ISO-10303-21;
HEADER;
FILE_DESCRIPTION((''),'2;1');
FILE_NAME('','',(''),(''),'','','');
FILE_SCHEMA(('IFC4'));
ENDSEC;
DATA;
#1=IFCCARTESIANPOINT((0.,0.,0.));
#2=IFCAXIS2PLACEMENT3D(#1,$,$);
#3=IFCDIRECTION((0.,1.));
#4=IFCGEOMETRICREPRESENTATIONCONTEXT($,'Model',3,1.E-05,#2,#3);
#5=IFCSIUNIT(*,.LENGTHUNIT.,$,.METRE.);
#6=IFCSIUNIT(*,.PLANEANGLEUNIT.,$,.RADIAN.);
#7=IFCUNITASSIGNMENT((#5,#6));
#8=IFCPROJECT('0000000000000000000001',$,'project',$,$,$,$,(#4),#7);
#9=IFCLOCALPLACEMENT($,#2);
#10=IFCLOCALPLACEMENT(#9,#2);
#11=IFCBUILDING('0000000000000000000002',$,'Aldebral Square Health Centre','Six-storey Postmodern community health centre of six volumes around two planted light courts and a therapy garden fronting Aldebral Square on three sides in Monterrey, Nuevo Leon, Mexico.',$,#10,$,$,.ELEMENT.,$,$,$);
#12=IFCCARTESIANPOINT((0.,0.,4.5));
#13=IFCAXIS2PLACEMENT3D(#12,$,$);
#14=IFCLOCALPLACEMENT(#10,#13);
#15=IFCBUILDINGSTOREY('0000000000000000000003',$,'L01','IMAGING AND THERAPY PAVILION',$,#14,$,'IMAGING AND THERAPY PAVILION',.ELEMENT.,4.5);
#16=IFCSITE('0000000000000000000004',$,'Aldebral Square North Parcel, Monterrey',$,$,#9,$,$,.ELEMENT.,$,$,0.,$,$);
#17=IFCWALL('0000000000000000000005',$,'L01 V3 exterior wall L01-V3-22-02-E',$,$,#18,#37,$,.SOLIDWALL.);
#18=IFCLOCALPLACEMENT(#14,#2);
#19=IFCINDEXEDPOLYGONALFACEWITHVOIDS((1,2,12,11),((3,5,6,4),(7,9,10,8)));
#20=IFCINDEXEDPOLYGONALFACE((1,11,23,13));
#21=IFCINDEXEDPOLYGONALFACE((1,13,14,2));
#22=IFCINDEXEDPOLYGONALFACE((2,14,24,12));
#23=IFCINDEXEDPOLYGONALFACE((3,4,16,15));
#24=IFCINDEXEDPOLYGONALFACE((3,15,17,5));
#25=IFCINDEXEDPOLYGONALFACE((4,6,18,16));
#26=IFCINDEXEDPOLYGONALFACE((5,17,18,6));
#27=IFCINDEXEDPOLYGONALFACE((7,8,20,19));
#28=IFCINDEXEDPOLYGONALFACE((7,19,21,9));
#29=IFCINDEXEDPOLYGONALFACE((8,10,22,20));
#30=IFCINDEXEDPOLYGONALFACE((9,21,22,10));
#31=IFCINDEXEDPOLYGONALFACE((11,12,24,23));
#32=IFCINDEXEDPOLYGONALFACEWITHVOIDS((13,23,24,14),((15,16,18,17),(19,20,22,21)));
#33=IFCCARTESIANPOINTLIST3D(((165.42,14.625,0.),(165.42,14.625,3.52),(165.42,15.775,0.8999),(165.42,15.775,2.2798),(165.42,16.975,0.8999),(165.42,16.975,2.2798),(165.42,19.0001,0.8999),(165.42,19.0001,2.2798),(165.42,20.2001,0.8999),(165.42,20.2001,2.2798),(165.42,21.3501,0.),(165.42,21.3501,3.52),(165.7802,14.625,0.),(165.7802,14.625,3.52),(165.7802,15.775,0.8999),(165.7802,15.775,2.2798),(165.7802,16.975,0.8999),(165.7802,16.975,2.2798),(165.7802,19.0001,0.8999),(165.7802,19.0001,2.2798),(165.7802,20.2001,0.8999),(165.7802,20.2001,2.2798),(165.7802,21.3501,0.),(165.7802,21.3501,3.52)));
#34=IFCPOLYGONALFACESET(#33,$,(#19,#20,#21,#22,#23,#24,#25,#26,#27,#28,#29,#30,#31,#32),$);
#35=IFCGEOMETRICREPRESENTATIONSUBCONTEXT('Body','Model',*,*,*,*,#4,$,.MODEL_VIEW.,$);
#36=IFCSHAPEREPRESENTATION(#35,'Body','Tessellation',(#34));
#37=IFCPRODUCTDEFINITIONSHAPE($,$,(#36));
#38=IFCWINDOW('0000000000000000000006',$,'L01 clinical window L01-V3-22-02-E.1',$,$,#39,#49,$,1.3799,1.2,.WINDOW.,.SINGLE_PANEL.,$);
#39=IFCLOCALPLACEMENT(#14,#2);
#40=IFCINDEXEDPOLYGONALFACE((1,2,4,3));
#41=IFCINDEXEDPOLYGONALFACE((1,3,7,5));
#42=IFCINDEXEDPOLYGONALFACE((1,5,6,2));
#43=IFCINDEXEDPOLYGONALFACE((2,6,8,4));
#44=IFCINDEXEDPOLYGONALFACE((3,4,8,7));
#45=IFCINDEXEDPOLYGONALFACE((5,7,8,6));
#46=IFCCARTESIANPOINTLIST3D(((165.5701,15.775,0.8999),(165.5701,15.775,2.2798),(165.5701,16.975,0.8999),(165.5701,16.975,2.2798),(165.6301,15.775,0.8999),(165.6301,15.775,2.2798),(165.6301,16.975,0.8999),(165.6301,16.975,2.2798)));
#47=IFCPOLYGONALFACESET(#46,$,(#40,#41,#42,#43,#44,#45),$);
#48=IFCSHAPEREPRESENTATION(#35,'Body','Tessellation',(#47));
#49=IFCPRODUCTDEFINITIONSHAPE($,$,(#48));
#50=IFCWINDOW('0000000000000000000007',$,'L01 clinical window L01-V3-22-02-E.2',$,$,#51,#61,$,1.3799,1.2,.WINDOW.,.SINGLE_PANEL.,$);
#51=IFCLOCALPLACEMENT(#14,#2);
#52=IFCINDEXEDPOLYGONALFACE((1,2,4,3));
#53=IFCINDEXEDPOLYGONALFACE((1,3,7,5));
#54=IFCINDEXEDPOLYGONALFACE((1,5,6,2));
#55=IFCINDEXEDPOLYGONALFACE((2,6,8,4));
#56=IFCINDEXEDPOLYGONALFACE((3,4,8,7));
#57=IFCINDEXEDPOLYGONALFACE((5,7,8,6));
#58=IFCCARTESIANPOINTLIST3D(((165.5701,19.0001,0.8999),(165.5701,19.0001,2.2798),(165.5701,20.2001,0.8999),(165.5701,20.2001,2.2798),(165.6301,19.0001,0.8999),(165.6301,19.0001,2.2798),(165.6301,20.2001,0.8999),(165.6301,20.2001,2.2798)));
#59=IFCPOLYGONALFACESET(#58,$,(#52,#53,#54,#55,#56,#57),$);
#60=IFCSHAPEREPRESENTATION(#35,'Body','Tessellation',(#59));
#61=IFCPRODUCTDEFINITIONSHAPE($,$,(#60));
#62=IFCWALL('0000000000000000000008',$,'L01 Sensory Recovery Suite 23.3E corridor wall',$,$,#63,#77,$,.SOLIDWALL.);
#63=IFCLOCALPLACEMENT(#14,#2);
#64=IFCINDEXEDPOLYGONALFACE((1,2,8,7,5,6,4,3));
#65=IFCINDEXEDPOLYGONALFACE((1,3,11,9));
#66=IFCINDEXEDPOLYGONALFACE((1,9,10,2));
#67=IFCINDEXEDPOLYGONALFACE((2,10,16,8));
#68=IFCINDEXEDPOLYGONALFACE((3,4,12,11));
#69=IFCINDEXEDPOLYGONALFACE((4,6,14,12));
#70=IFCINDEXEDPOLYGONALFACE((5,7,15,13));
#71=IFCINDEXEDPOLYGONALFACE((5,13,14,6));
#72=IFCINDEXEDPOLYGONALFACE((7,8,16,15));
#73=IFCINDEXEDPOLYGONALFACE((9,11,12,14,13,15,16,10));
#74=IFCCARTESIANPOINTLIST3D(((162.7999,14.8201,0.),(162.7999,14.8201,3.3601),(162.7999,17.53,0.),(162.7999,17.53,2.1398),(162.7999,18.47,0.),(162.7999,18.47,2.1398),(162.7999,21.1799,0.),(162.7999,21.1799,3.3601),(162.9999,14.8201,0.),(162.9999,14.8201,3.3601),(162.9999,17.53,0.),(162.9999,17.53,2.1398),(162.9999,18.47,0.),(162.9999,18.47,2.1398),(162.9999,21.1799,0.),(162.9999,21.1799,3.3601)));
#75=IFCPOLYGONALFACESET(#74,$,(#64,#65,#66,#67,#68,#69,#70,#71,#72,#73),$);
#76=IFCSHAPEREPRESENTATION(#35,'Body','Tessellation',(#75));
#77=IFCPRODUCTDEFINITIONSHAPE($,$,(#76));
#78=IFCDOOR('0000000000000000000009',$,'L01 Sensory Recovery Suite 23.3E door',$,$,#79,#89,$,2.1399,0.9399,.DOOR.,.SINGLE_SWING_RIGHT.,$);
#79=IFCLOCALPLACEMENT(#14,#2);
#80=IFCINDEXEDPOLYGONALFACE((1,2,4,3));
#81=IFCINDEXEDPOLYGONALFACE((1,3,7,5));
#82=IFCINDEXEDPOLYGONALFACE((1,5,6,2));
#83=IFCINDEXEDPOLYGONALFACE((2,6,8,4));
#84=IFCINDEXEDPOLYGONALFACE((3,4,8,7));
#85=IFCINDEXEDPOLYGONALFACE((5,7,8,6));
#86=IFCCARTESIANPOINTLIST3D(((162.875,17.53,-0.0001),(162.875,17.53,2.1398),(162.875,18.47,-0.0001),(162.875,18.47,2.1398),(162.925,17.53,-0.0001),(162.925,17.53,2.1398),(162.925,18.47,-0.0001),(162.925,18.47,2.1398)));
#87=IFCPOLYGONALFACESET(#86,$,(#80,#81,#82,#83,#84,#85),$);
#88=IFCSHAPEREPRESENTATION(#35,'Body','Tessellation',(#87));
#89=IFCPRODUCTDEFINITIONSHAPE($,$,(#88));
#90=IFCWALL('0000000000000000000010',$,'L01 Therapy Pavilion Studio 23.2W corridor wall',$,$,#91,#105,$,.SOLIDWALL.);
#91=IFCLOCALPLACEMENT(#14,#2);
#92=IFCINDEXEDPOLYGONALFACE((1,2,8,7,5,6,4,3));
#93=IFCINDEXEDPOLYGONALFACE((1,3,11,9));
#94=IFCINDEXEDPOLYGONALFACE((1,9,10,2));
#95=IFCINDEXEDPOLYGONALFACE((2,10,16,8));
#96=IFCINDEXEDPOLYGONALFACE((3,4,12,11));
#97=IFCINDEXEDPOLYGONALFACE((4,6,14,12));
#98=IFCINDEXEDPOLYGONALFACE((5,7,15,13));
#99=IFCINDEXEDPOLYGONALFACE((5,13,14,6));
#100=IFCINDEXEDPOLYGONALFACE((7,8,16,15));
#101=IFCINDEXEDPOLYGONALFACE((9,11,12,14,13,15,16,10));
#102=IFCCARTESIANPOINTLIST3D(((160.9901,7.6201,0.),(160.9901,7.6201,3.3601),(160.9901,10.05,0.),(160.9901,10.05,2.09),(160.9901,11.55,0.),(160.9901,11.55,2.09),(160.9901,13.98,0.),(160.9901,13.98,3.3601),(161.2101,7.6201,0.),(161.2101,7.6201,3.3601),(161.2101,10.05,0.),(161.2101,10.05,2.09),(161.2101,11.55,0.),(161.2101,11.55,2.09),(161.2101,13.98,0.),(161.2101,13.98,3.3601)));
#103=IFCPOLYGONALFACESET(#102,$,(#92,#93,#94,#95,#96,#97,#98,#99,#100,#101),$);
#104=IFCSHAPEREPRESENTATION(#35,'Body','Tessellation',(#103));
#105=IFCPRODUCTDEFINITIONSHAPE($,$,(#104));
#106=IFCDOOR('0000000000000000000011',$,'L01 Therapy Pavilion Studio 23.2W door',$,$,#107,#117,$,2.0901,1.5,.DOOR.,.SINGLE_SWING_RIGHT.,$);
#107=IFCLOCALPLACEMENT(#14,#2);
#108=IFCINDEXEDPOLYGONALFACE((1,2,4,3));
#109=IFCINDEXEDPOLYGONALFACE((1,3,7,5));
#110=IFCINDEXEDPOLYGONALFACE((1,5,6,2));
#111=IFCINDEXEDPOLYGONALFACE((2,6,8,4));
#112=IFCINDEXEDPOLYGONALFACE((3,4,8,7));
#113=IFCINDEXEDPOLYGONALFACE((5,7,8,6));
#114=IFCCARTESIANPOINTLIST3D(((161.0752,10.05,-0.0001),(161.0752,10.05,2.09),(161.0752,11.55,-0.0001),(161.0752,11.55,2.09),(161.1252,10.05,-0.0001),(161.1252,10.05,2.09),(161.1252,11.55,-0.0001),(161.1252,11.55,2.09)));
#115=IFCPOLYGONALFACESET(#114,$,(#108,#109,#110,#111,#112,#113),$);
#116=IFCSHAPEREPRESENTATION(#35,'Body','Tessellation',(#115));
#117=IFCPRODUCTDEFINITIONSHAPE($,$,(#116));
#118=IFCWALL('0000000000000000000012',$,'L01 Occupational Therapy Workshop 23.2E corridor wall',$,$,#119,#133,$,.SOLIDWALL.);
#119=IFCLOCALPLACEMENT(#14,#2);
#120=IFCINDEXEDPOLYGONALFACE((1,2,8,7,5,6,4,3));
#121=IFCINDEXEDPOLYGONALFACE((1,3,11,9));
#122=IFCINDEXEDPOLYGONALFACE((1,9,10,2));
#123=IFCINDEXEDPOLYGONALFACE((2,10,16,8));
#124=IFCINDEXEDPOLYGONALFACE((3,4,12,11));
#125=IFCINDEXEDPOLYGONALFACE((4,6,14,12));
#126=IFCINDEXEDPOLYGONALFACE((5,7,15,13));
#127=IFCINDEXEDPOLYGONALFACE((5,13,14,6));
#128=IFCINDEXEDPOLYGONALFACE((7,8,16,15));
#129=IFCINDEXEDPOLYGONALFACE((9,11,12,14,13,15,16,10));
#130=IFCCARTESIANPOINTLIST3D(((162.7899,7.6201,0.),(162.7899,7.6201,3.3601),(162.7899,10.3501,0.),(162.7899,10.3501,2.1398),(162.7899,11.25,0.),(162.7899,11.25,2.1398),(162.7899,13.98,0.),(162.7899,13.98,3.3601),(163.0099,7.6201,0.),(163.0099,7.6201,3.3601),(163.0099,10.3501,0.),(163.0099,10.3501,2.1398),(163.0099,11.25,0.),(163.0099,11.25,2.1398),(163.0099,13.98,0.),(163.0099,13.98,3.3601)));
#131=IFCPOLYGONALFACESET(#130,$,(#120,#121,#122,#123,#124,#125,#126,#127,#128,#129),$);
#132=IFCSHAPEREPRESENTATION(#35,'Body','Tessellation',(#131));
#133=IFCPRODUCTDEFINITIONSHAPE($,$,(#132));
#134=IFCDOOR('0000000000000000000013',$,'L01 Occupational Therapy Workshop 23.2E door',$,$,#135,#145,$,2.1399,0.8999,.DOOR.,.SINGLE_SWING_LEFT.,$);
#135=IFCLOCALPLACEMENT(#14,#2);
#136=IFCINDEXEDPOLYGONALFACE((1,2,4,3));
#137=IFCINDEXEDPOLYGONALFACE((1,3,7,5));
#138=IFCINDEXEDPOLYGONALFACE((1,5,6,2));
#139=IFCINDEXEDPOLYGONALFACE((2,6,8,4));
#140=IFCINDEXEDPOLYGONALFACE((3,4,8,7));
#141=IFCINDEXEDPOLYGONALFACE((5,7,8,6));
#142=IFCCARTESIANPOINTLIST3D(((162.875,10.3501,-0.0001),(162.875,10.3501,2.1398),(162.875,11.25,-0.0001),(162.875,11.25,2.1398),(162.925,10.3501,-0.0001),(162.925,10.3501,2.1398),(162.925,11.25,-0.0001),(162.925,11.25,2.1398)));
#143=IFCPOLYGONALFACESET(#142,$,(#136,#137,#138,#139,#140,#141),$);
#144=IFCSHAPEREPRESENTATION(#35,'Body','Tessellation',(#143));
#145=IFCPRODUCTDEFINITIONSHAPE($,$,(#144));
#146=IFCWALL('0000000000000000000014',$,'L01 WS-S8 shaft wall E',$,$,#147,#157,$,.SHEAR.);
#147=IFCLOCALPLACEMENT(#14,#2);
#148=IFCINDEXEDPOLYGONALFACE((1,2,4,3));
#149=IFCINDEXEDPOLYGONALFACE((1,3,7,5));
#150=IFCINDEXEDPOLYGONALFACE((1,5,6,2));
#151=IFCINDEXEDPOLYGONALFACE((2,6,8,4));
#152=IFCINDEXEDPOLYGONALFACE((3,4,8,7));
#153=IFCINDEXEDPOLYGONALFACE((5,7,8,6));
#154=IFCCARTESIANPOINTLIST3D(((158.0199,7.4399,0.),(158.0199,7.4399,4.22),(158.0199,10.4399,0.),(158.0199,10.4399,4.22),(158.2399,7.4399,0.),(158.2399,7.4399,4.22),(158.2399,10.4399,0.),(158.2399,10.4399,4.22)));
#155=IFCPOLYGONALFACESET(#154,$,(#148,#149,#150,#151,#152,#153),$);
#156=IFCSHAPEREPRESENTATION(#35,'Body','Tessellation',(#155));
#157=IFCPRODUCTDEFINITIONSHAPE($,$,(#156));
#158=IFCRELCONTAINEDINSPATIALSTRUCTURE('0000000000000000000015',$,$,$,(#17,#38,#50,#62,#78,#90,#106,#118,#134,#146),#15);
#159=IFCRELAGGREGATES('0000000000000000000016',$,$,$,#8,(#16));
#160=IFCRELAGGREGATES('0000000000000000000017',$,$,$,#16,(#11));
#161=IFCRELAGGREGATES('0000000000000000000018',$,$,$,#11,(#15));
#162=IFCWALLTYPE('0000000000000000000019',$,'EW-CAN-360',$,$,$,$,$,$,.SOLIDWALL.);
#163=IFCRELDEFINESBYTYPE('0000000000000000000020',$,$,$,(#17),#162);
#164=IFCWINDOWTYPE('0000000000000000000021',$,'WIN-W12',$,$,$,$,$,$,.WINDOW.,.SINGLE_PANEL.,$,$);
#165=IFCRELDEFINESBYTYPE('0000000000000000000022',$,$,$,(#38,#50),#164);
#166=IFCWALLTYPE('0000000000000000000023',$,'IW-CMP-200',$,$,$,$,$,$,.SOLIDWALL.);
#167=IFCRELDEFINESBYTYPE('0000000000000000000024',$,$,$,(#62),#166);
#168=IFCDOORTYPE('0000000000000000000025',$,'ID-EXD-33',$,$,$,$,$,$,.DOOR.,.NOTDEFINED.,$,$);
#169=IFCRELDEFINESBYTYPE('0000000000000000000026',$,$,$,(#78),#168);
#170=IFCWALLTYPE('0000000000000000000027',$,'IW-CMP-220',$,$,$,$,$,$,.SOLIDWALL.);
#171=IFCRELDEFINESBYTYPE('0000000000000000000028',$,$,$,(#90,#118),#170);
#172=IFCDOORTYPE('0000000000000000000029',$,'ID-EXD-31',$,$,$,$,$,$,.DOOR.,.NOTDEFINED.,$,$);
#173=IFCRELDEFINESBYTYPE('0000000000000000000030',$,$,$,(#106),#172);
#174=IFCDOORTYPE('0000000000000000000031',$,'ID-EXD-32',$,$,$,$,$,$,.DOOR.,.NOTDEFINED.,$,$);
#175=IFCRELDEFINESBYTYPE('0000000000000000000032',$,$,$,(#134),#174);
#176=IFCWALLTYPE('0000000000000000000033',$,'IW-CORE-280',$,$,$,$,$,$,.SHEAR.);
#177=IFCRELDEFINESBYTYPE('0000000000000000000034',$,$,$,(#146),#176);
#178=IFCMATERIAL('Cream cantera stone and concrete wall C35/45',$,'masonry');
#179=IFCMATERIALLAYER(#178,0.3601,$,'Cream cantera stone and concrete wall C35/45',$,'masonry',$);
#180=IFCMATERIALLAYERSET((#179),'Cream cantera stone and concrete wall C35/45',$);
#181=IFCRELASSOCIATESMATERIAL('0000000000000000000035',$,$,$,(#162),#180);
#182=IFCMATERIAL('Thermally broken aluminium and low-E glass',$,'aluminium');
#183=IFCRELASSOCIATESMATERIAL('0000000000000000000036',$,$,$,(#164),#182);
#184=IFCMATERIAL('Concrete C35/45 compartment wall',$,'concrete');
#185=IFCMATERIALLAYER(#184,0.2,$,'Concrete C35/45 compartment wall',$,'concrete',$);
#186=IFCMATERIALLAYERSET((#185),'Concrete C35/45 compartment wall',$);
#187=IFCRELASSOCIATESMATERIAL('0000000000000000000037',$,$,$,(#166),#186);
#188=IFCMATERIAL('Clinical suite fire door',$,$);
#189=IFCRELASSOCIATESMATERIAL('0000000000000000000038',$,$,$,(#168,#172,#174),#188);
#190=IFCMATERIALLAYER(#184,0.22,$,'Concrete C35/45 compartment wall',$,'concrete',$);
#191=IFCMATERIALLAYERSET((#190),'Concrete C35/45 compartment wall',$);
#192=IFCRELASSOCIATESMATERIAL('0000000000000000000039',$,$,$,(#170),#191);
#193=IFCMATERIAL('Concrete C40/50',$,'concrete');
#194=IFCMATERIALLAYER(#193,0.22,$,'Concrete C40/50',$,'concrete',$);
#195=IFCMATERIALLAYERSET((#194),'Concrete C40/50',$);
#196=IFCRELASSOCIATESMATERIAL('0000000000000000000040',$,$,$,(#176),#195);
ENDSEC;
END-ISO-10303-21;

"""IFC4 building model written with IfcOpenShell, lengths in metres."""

from ifc_helpers import new_model, si_unit, direction, frame, frame_2d, origin, place, context, subcontext, project, spatial, rectangle, extrude, material, layer, layer_set, type_object, element, fill, save


model = new_model("IFC4")

# Units and contexts
model_context = context("Model", 3, precision=1e-05, world=origin(), true_north=direction((0.0, 1.0)))
body_context = subcontext(model_context, "Body", "Model", "MODEL_VIEW")
ifc_project = project(units=[si_unit("LENGTHUNIT", "METRE"), si_unit("PLANEANGLEUNIT", "RADIAN")], contexts=[model_context])

# Site, building, storey
site_placement = place(None, origin())
site = spatial("IfcSite", under=ifc_project, at=site_placement, Name="Aldebral Square North Parcel, Monterrey", CompositionType="ELEMENT", RefElevation=0.0)
building_placement = place(site_placement, origin())
building = spatial("IfcBuilding", under=site, at=building_placement, Name="Aldebral Square Health Centre", Description="Six-storey Postmodern community health centre of six volumes around two planted light courts and a therapy garden fronting Aldebral Square on three sides in Monterrey, Nuevo Leon, Mexico.", CompositionType="ELEMENT")
storey_placement = place(building_placement, frame((0.0, 0.0, 4.5)))
storey = spatial("IfcBuildingStorey", under=building, at=storey_placement, Name="L01", Description="IMAGING AND THERAPY PAVILION", LongName="IMAGING AND THERAPY PAVILION", CompositionType="ELEMENT", Elevation=4.5)

# Shared definitions
ifc_material_1 = material(Name="Concrete C40/50", Category="concrete")

# Wall, openings, windows
ifc_material_2 = material(Name="Cream cantera stone and concrete wall C35/45", Category="masonry")
ifc_material_3 = material(Name="Thermally broken aluminium and low-E glass", Category="aluminium")
ifc_layer_1 = layer(ifc_material_2, 0.3601, Name="Cream cantera stone and concrete wall C35/45", Category="masonry")
ifc_layer_set_1 = layer_set([ifc_layer_1], Name="Cream cantera stone and concrete wall C35/45")
wall_type_1 = type_object("IfcWallType", Name="EW-CAN-360", PredefinedType="SOLIDWALL", material=ifc_layer_set_1)
wall_1_placement = place(storey_placement, frame((165.6001, 14.625, 0.0), z_axis=(0.0, 0.0, 1.0), x_axis=(0.0, 1.0, 0.0)))
wall_1 = element("IfcWall", 1, at=wall_1_placement, inside=storey, type_object=wall_type_1, Name="L01 V3 exterior wall L01-V3-22-02-E", PredefinedType="SOLIDWALL", context=body_context, shape_type="SweptSolid", body=[
    extrude(rectangle(XDim=6.7251, YDim=0.3601, at=frame_2d((3.3625, 0.0))), origin(), (0.0, 0.0, 1.0), 3.52),
])
opening_1_placement = place(wall_1_placement, frame((1.1499, 0.0, 0.8999)))
opening_1 = element("IfcOpeningElement", 2, at=opening_1_placement, cuts=wall_1, PredefinedType="OPENING", context=body_context, shape_type="SweptSolid", body=[
    extrude(rectangle(XDim=1.2, YDim=1.3799, at=frame_2d((0.6001, 0.6899))), frame((0.0, 0.1899, 0.0), z_axis=(0.0, -1.0, 0.0), x_axis=(1.0, 0.0, 0.0)), (0.0, 0.0, 1.0), 0.3801),
])
opening_2_placement = place(wall_1_placement, frame((4.375, 0.0, 0.8999)))
opening_2 = element("IfcOpeningElement", 3, at=opening_2_placement, cuts=wall_1, PredefinedType="OPENING", context=body_context, shape_type="SweptSolid", body=[
    extrude(rectangle(XDim=1.2, YDim=1.3799, at=frame_2d((0.6001, 0.6899))), frame((0.0, 0.1899, 0.0), z_axis=(0.0, -1.0, 0.0), x_axis=(1.0, 0.0, 0.0)), (0.0, 0.0, 1.0), 0.3801),
])
window_type_1 = type_object("IfcWindowType", Name="WIN-W12", PartitioningType="SINGLE_PANEL", PredefinedType="WINDOW", material=ifc_material_3)
window_1_placement = place(opening_1_placement, origin())
window_1 = element("IfcWindow", 4, at=window_1_placement, inside=storey, type_object=window_type_1, Name="L01 clinical window L01-V3-22-02-E.1", OverallHeight=1.3799, OverallWidth=1.2, PartitioningType="SINGLE_PANEL", PredefinedType="WINDOW", context=body_context, shape_type="SweptSolid", body=[
    extrude(rectangle(XDim=1.2, YDim=1.3799, at=frame_2d((0.6001, 0.6899))), frame((0.0, 0.03, 0.0), z_axis=(0.0, -1.0, 0.0), x_axis=(1.0, 0.0, 0.0)), (0.0, 0.0, 1.0), 0.0601),
])
fill(opening_1, window_1)
window_2_placement = place(opening_2_placement, origin())
window_2 = element("IfcWindow", 5, at=window_2_placement, inside=storey, type_object=window_type_1, Name="L01 clinical window L01-V3-22-02-E.2", OverallHeight=1.3799, OverallWidth=1.2, PartitioningType="SINGLE_PANEL", PredefinedType="WINDOW", context=body_context, shape_type="SweptSolid", body=[
    extrude(rectangle(XDim=1.2, YDim=1.3799, at=frame_2d((0.6001, 0.6899))), frame((0.0, 0.03, 0.0), z_axis=(0.0, -1.0, 0.0), x_axis=(1.0, 0.0, 0.0)), (0.0, 0.0, 1.0), 0.0601),
])
fill(opening_2, window_2)

# Walls, openings, doors
ifc_material_4 = material(Name="Concrete C35/45 compartment wall", Category="concrete")
ifc_layer_2 = layer(ifc_material_4, 0.2, Name="Concrete C35/45 compartment wall", Category="concrete")
ifc_layer_set_2 = layer_set([ifc_layer_2], Name="Concrete C35/45 compartment wall")
wall_type_2 = type_object("IfcWallType", Name="IW-CMP-200", PredefinedType="SOLIDWALL", material=ifc_layer_set_2)
wall_2_placement = place(storey_placement, frame((162.8999, 14.8201, 0.0), z_axis=(0.0, 0.0, 1.0), x_axis=(0.0, 1.0, 0.0)))
wall_2 = element("IfcWall", 6, at=wall_2_placement, inside=storey, type_object=wall_type_2, Name="L01 Sensory Recovery Suite 23.3E corridor wall", PredefinedType="SOLIDWALL", context=body_context, shape_type="SweptSolid", body=[
    extrude(rectangle(XDim=6.3599, YDim=0.2, at=frame_2d((3.1799, 0.0))), origin(), (0.0, 0.0, 1.0), 3.3601),
])
opening_3_placement = place(wall_2_placement, frame((2.71, 0.0, 0.0)))
opening_3 = element("IfcOpeningElement", 7, at=opening_3_placement, cuts=wall_2, PredefinedType="OPENING", context=body_context, shape_type="SweptSolid", body=[
    extrude(rectangle(XDim=0.9399, YDim=2.1399, at=frame_2d((0.47, 1.0698))), frame((0.0, 0.1099, 0.0), z_axis=(0.0, -1.0, 0.0), x_axis=(1.0, 0.0, 0.0)), (0.0, 0.0, 1.0), 0.22),
])
ifc_material_5 = material(Name="Clinical suite fire door")
door_type_1 = type_object("IfcDoorType", Name="ID-EXD-33", OperationType="NOTDEFINED", PredefinedType="DOOR", material=ifc_material_5)
door_1_placement = place(opening_3_placement, origin())
door_1 = element("IfcDoor", 8, at=door_1_placement, inside=storey, type_object=door_type_1, Name="L01 Sensory Recovery Suite 23.3E door", OperationType="SINGLE_SWING_RIGHT", OverallHeight=2.1399, OverallWidth=0.9399, PredefinedType="DOOR", context=body_context, shape_type="SweptSolid", body=[
    extrude(rectangle(XDim=0.9399, YDim=2.1399, at=frame_2d((0.47, 1.0698))), frame((0.0, 0.0249, 0.0), z_axis=(0.0, -1.0, 0.0), x_axis=(1.0, 0.0, 0.0)), (0.0, 0.0, 1.0), 0.05),
])
fill(opening_3, door_1)
ifc_layer_3 = layer(ifc_material_4, 0.22, Name="Concrete C35/45 compartment wall", Category="concrete")
ifc_layer_set_3 = layer_set([ifc_layer_3], Name="Concrete C35/45 compartment wall")
wall_type_3 = type_object("IfcWallType", Name="IW-CMP-220", PredefinedType="SOLIDWALL", material=ifc_layer_set_3)
wall_3_placement = place(storey_placement, frame((161.1001, 7.6201, 0.0), z_axis=(0.0, 0.0, 1.0), x_axis=(0.0, 1.0, 0.0)))
wall_3 = element("IfcWall", 9, at=wall_3_placement, inside=storey, type_object=wall_type_3, Name="L01 Therapy Pavilion Studio 23.2W corridor wall", PredefinedType="SOLIDWALL", context=body_context, shape_type="SweptSolid", body=[
    extrude(rectangle(XDim=6.3599, YDim=0.22, at=frame_2d((3.1799, 0.0))), origin(), (0.0, 0.0, 1.0), 3.3601),
])
opening_4_placement = place(wall_3_placement, frame((2.4299, 0.0, 0.0)))
opening_4 = element("IfcOpeningElement", 10, at=opening_4_placement, cuts=wall_3, PredefinedType="OPENING", context=body_context, shape_type="SweptSolid", body=[
    extrude(rectangle(XDim=1.5, YDim=2.0901, at=frame_2d((0.75, 1.0449))), frame((0.0, 0.1201, 0.0), z_axis=(0.0, -1.0, 0.0), x_axis=(1.0, 0.0, 0.0)), (0.0, 0.0, 1.0), 0.24),
])
door_type_2 = type_object("IfcDoorType", Name="ID-EXD-31", OperationType="NOTDEFINED", PredefinedType="DOOR", material=ifc_material_5)
door_2_placement = place(opening_4_placement, origin())
door_2 = element("IfcDoor", 11, at=door_2_placement, inside=storey, type_object=door_type_2, Name="L01 Therapy Pavilion Studio 23.2W door", OperationType="SINGLE_SWING_RIGHT", OverallHeight=2.0901, OverallWidth=1.5, PredefinedType="DOOR", context=body_context, shape_type="SweptSolid", body=[
    extrude(rectangle(XDim=1.5, YDim=2.0901, at=frame_2d((0.75, 1.0449))), frame((0.0, 0.0249, 0.0), z_axis=(0.0, -1.0, 0.0), x_axis=(1.0, 0.0, 0.0)), (0.0, 0.0, 1.0), 0.05),
])
fill(opening_4, door_2)
wall_4_placement = place(storey_placement, frame((162.8999, 7.6201, 0.0), z_axis=(0.0, 0.0, 1.0), x_axis=(0.0, 1.0, 0.0)))
wall_4 = element("IfcWall", 12, at=wall_4_placement, inside=storey, type_object=wall_type_3, Name="L01 Occupational Therapy Workshop 23.2E corridor wall", PredefinedType="SOLIDWALL", context=body_context, shape_type="SweptSolid", body=[
    extrude(rectangle(XDim=6.3599, YDim=0.22, at=frame_2d((3.1799, 0.0))), origin(), (0.0, 0.0, 1.0), 3.3601),
])
opening_5_placement = place(wall_4_placement, frame((2.73, 0.0, 0.0)))
opening_5 = element("IfcOpeningElement", 13, at=opening_5_placement, cuts=wall_4, PredefinedType="OPENING", context=body_context, shape_type="SweptSolid", body=[
    extrude(rectangle(XDim=0.8999, YDim=2.1399, at=frame_2d((0.45, 1.0698))), frame((0.0, 0.1201, 0.0), z_axis=(0.0, -1.0, 0.0), x_axis=(1.0, 0.0, 0.0)), (0.0, 0.0, 1.0), 0.24),
])
door_type_3 = type_object("IfcDoorType", Name="ID-EXD-32", OperationType="NOTDEFINED", PredefinedType="DOOR", material=ifc_material_5)
door_3_placement = place(opening_5_placement, origin())
door_3 = element("IfcDoor", 14, at=door_3_placement, inside=storey, type_object=door_type_3, Name="L01 Occupational Therapy Workshop 23.2E door", OperationType="SINGLE_SWING_LEFT", OverallHeight=2.1399, OverallWidth=0.8999, PredefinedType="DOOR", context=body_context, shape_type="SweptSolid", body=[
    extrude(rectangle(XDim=0.8999, YDim=2.1399, at=frame_2d((0.45, 1.0698))), frame((0.0, 0.0249, 0.0), z_axis=(0.0, -1.0, 0.0), x_axis=(1.0, 0.0, 0.0)), (0.0, 0.0, 1.0), 0.05),
])
fill(opening_5, door_3)

# Wall
ifc_layer_4 = layer(ifc_material_1, 0.22, Name="Concrete C40/50", Category="concrete")
ifc_layer_set_4 = layer_set([ifc_layer_4], Name="Concrete C40/50")
wall_type_4 = type_object("IfcWallType", Name="IW-CORE-280", PredefinedType="SHEAR", material=ifc_layer_set_4)
wall_5_placement = place(storey_placement, frame((158.1299, 7.4399, 0.0), z_axis=(0.0, 0.0, 1.0), x_axis=(0.0, 1.0, 0.0)))
element("IfcWall", 15, at=wall_5_placement, inside=storey, type_object=wall_type_4, Name="L01 WS-S8 shaft wall E", PredefinedType="SHEAR", context=body_context, shape_type="SweptSolid", body=[
    extrude(rectangle(XDim=3.0, YDim=0.22, at=frame_2d((1.5, 0.0))), origin(), (0.0, 0.0, 1.0), 4.22),
])

save(model, "model.ifc")
